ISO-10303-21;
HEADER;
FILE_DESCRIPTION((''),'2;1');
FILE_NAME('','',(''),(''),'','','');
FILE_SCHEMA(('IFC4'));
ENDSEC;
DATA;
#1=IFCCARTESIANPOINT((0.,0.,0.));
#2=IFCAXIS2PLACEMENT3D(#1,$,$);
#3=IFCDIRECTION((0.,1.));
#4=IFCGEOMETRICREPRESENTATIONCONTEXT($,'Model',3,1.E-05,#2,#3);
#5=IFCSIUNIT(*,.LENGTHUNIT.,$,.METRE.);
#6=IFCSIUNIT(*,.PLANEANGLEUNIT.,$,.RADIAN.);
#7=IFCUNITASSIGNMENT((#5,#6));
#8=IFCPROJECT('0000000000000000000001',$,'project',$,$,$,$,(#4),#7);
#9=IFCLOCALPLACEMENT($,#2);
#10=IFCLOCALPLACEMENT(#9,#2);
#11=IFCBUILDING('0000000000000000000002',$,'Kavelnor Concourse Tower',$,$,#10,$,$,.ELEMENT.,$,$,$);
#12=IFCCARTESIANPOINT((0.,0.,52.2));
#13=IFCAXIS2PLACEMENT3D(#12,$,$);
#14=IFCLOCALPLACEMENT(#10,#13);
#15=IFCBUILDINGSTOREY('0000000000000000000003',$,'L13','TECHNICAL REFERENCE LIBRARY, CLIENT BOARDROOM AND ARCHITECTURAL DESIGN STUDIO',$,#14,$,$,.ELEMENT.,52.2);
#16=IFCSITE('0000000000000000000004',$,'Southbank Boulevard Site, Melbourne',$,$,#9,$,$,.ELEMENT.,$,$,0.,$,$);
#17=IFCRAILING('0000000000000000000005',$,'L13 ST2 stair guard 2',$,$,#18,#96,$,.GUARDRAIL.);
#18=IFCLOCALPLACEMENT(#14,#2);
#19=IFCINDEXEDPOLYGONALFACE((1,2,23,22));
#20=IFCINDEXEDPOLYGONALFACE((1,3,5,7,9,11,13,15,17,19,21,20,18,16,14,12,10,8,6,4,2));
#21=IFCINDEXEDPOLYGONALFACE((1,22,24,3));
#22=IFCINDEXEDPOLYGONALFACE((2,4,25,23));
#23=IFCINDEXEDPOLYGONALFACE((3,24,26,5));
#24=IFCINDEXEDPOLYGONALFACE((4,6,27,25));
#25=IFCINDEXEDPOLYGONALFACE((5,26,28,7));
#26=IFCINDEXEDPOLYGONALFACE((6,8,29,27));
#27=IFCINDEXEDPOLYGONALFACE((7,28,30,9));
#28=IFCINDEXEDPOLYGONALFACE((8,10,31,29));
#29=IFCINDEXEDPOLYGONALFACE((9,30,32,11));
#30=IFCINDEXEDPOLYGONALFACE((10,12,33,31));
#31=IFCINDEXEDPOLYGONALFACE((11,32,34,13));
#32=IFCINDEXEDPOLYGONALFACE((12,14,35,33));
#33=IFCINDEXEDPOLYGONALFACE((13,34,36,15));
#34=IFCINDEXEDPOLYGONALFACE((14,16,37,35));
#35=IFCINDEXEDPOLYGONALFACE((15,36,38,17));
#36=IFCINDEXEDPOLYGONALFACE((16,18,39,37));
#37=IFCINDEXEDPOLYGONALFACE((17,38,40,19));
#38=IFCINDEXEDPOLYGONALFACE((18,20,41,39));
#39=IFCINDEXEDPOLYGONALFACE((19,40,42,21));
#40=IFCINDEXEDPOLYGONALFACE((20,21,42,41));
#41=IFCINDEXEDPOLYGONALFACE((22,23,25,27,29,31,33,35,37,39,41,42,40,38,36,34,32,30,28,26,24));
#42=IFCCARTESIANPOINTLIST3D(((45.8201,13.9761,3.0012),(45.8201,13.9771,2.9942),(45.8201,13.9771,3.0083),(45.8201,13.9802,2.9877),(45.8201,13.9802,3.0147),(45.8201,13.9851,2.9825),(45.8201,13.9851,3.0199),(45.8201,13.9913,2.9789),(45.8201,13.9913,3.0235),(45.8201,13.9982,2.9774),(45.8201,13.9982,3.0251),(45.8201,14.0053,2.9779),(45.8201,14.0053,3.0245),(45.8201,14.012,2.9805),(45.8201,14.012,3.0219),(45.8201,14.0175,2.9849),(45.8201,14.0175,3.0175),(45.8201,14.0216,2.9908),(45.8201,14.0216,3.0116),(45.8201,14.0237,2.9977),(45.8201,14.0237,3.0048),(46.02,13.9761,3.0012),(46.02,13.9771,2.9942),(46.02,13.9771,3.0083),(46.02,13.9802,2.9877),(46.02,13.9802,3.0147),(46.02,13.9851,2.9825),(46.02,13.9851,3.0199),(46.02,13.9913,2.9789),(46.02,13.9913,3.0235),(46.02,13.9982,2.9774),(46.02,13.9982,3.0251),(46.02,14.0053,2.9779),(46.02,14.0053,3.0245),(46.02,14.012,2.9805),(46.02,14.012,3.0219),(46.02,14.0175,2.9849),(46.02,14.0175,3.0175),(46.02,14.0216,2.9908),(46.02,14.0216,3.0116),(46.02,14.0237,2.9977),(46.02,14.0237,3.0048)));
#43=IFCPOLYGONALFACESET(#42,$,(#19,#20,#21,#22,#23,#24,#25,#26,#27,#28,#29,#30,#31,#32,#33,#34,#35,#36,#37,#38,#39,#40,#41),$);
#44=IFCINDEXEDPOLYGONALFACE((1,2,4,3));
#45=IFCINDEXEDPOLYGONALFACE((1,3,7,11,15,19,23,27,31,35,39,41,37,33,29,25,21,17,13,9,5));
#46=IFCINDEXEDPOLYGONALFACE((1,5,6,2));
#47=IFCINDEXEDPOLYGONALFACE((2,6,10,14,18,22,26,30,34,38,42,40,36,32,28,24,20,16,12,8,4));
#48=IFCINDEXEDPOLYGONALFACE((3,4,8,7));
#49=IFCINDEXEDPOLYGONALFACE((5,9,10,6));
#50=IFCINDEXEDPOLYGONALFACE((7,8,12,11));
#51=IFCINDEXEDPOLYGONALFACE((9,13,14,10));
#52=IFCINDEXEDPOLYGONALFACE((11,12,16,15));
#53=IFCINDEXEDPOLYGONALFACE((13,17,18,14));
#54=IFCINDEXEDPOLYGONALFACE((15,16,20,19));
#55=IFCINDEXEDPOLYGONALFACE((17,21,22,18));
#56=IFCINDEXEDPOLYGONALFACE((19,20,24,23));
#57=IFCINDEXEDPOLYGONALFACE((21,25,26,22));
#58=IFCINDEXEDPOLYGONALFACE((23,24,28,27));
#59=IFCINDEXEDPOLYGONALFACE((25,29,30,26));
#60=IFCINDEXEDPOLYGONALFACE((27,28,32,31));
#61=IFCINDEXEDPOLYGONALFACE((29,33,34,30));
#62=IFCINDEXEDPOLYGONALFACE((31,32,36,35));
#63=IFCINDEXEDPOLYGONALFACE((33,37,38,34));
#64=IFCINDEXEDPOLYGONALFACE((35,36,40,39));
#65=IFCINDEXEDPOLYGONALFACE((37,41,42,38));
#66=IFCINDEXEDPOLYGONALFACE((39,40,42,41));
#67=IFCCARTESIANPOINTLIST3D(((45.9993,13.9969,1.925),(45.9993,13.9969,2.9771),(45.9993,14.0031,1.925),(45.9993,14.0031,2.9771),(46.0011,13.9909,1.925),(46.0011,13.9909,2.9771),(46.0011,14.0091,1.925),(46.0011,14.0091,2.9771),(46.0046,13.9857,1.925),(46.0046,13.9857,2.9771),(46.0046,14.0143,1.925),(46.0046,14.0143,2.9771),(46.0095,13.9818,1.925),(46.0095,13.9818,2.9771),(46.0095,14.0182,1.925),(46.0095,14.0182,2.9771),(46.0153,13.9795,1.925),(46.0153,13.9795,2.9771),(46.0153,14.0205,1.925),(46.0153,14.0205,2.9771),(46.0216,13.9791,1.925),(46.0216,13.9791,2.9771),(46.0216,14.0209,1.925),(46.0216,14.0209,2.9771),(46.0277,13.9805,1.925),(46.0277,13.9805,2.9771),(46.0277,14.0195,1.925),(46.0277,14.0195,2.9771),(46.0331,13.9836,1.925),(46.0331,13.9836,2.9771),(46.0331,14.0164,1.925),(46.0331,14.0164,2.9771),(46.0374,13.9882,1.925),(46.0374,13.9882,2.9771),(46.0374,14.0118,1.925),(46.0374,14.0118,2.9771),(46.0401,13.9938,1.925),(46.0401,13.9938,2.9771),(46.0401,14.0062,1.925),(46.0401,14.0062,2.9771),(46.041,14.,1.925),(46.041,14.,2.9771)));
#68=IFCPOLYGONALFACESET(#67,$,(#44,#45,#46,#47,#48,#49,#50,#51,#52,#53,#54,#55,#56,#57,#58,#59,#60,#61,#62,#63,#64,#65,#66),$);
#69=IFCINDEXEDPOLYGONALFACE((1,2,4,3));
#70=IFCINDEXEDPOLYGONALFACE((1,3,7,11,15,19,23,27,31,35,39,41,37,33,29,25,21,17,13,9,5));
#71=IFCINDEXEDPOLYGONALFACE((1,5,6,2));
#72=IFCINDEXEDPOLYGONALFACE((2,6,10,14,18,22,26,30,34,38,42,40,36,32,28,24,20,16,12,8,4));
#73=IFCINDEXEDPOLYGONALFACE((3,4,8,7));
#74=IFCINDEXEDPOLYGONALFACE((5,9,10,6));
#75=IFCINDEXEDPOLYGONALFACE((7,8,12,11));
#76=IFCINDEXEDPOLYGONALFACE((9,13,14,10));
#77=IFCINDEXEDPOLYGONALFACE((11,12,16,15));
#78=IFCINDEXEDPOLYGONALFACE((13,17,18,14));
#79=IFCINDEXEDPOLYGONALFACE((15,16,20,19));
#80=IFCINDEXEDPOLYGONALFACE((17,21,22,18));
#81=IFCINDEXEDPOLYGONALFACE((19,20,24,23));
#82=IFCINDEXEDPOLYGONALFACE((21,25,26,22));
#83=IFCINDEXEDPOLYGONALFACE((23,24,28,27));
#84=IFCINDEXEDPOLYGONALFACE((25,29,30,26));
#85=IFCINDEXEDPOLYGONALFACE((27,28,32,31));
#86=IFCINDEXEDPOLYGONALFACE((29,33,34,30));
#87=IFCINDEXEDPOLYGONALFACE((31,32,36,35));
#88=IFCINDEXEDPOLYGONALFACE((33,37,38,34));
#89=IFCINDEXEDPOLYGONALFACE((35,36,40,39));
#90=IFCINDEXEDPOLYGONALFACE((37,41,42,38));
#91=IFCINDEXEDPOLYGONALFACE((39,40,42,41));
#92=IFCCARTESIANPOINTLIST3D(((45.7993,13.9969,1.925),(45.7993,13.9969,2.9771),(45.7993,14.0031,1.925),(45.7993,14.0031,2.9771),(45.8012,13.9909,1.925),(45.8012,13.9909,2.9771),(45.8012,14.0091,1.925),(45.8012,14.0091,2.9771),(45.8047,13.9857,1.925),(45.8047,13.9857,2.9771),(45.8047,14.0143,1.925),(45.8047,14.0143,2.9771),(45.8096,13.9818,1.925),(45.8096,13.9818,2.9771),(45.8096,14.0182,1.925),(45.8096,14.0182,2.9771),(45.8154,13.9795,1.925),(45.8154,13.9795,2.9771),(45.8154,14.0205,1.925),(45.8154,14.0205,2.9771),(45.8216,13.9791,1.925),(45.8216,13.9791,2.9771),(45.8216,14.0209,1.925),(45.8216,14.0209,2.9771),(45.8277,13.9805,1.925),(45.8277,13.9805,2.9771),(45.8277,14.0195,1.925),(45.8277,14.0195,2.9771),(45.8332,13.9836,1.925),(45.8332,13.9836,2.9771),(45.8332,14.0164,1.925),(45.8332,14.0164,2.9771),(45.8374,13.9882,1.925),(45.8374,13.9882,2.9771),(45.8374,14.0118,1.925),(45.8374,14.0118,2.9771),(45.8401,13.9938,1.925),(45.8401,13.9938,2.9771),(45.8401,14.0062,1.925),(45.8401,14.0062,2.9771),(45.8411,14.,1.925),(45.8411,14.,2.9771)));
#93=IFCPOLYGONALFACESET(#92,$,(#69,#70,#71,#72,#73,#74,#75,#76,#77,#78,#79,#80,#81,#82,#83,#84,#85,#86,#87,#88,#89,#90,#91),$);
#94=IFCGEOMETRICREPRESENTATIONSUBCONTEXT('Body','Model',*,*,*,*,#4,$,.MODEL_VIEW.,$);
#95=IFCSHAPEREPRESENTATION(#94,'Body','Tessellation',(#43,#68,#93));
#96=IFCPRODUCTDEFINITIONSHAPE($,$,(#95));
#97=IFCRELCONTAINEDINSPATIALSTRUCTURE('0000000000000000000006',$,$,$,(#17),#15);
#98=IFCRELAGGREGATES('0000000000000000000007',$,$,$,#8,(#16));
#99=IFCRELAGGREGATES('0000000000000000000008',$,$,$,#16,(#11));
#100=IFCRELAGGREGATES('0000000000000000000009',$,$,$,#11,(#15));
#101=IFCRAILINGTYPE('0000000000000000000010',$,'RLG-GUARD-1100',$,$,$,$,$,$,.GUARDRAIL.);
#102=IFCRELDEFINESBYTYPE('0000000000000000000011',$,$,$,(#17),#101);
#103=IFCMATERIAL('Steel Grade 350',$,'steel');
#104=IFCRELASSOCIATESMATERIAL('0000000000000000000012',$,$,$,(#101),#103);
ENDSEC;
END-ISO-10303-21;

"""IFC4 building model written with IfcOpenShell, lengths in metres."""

from ifc_helpers import new_model, si_unit, direction, frame, origin, origin_2d, place, context, subcontext, project, spatial, circle, extrude, material, type_object, element, save


model = new_model("IFC4")

# Units and contexts
model_context = context("Model", 3, precision=1e-05, world=origin(), true_north=direction((0.0, 1.0)))
body_context = subcontext(model_context, "Body", "Model", "MODEL_VIEW")
ifc_project = project(units=[si_unit("LENGTHUNIT", "METRE"), si_unit("PLANEANGLEUNIT", "RADIAN")], contexts=[model_context])

# Site, building, storey
site_placement = place(None, origin())
site = spatial("IfcSite", under=ifc_project, at=site_placement, Name="Southbank Boulevard Site, Melbourne", CompositionType="ELEMENT", RefElevation=0.0)
building_placement = place(site_placement, origin())
building = spatial("IfcBuilding", under=site, at=building_placement, Name="Kavelnor Concourse Tower", CompositionType="ELEMENT")
storey_placement = place(building_placement, frame((0.0, 0.0, 52.2)))
storey = spatial("IfcBuildingStorey", under=building, at=storey_placement, Name="L13", Description="TECHNICAL REFERENCE LIBRARY, CLIENT BOARDROOM AND ARCHITECTURAL DESIGN STUDIO", CompositionType="ELEMENT", Elevation=52.2)

# Shared definitions
ifc_material_1 = material(Name="Steel Grade 350", Category="steel")

# Railing
railing_type_1 = type_object("IfcRailingType", Name="RLG-GUARD-1100", PredefinedType="GUARDRAIL", material=ifc_material_1)
railing_1_placement = place(storey_placement, frame((46.02, 14.0, 1.925)))
element("IfcRailing", 1, at=railing_1_placement, inside=storey, type_object=railing_type_1, Name="L13 ST2 stair guard 2", PredefinedType="GUARDRAIL", context=body_context, shape_type="SweptSolid", body=[
    extrude(circle(Radius=0.0239, at=origin_2d()), frame((0.0, 0.0, 1.0762), z_axis=(-1.0, 0.0, 0.0), x_axis=(0.0, -1.0, 0.0)), (0.0, 0.0, 1.0), 0.2),
    extrude(circle(Radius=0.021, at=origin_2d()), origin(), (0.0, 0.0, 1.0), 1.052),
    extrude(circle(Radius=0.021, at=origin_2d()), frame((-0.2, 0.0, 0.0)), (0.0, 0.0, 1.0), 1.052),
])

save(model, "model.ifc")
